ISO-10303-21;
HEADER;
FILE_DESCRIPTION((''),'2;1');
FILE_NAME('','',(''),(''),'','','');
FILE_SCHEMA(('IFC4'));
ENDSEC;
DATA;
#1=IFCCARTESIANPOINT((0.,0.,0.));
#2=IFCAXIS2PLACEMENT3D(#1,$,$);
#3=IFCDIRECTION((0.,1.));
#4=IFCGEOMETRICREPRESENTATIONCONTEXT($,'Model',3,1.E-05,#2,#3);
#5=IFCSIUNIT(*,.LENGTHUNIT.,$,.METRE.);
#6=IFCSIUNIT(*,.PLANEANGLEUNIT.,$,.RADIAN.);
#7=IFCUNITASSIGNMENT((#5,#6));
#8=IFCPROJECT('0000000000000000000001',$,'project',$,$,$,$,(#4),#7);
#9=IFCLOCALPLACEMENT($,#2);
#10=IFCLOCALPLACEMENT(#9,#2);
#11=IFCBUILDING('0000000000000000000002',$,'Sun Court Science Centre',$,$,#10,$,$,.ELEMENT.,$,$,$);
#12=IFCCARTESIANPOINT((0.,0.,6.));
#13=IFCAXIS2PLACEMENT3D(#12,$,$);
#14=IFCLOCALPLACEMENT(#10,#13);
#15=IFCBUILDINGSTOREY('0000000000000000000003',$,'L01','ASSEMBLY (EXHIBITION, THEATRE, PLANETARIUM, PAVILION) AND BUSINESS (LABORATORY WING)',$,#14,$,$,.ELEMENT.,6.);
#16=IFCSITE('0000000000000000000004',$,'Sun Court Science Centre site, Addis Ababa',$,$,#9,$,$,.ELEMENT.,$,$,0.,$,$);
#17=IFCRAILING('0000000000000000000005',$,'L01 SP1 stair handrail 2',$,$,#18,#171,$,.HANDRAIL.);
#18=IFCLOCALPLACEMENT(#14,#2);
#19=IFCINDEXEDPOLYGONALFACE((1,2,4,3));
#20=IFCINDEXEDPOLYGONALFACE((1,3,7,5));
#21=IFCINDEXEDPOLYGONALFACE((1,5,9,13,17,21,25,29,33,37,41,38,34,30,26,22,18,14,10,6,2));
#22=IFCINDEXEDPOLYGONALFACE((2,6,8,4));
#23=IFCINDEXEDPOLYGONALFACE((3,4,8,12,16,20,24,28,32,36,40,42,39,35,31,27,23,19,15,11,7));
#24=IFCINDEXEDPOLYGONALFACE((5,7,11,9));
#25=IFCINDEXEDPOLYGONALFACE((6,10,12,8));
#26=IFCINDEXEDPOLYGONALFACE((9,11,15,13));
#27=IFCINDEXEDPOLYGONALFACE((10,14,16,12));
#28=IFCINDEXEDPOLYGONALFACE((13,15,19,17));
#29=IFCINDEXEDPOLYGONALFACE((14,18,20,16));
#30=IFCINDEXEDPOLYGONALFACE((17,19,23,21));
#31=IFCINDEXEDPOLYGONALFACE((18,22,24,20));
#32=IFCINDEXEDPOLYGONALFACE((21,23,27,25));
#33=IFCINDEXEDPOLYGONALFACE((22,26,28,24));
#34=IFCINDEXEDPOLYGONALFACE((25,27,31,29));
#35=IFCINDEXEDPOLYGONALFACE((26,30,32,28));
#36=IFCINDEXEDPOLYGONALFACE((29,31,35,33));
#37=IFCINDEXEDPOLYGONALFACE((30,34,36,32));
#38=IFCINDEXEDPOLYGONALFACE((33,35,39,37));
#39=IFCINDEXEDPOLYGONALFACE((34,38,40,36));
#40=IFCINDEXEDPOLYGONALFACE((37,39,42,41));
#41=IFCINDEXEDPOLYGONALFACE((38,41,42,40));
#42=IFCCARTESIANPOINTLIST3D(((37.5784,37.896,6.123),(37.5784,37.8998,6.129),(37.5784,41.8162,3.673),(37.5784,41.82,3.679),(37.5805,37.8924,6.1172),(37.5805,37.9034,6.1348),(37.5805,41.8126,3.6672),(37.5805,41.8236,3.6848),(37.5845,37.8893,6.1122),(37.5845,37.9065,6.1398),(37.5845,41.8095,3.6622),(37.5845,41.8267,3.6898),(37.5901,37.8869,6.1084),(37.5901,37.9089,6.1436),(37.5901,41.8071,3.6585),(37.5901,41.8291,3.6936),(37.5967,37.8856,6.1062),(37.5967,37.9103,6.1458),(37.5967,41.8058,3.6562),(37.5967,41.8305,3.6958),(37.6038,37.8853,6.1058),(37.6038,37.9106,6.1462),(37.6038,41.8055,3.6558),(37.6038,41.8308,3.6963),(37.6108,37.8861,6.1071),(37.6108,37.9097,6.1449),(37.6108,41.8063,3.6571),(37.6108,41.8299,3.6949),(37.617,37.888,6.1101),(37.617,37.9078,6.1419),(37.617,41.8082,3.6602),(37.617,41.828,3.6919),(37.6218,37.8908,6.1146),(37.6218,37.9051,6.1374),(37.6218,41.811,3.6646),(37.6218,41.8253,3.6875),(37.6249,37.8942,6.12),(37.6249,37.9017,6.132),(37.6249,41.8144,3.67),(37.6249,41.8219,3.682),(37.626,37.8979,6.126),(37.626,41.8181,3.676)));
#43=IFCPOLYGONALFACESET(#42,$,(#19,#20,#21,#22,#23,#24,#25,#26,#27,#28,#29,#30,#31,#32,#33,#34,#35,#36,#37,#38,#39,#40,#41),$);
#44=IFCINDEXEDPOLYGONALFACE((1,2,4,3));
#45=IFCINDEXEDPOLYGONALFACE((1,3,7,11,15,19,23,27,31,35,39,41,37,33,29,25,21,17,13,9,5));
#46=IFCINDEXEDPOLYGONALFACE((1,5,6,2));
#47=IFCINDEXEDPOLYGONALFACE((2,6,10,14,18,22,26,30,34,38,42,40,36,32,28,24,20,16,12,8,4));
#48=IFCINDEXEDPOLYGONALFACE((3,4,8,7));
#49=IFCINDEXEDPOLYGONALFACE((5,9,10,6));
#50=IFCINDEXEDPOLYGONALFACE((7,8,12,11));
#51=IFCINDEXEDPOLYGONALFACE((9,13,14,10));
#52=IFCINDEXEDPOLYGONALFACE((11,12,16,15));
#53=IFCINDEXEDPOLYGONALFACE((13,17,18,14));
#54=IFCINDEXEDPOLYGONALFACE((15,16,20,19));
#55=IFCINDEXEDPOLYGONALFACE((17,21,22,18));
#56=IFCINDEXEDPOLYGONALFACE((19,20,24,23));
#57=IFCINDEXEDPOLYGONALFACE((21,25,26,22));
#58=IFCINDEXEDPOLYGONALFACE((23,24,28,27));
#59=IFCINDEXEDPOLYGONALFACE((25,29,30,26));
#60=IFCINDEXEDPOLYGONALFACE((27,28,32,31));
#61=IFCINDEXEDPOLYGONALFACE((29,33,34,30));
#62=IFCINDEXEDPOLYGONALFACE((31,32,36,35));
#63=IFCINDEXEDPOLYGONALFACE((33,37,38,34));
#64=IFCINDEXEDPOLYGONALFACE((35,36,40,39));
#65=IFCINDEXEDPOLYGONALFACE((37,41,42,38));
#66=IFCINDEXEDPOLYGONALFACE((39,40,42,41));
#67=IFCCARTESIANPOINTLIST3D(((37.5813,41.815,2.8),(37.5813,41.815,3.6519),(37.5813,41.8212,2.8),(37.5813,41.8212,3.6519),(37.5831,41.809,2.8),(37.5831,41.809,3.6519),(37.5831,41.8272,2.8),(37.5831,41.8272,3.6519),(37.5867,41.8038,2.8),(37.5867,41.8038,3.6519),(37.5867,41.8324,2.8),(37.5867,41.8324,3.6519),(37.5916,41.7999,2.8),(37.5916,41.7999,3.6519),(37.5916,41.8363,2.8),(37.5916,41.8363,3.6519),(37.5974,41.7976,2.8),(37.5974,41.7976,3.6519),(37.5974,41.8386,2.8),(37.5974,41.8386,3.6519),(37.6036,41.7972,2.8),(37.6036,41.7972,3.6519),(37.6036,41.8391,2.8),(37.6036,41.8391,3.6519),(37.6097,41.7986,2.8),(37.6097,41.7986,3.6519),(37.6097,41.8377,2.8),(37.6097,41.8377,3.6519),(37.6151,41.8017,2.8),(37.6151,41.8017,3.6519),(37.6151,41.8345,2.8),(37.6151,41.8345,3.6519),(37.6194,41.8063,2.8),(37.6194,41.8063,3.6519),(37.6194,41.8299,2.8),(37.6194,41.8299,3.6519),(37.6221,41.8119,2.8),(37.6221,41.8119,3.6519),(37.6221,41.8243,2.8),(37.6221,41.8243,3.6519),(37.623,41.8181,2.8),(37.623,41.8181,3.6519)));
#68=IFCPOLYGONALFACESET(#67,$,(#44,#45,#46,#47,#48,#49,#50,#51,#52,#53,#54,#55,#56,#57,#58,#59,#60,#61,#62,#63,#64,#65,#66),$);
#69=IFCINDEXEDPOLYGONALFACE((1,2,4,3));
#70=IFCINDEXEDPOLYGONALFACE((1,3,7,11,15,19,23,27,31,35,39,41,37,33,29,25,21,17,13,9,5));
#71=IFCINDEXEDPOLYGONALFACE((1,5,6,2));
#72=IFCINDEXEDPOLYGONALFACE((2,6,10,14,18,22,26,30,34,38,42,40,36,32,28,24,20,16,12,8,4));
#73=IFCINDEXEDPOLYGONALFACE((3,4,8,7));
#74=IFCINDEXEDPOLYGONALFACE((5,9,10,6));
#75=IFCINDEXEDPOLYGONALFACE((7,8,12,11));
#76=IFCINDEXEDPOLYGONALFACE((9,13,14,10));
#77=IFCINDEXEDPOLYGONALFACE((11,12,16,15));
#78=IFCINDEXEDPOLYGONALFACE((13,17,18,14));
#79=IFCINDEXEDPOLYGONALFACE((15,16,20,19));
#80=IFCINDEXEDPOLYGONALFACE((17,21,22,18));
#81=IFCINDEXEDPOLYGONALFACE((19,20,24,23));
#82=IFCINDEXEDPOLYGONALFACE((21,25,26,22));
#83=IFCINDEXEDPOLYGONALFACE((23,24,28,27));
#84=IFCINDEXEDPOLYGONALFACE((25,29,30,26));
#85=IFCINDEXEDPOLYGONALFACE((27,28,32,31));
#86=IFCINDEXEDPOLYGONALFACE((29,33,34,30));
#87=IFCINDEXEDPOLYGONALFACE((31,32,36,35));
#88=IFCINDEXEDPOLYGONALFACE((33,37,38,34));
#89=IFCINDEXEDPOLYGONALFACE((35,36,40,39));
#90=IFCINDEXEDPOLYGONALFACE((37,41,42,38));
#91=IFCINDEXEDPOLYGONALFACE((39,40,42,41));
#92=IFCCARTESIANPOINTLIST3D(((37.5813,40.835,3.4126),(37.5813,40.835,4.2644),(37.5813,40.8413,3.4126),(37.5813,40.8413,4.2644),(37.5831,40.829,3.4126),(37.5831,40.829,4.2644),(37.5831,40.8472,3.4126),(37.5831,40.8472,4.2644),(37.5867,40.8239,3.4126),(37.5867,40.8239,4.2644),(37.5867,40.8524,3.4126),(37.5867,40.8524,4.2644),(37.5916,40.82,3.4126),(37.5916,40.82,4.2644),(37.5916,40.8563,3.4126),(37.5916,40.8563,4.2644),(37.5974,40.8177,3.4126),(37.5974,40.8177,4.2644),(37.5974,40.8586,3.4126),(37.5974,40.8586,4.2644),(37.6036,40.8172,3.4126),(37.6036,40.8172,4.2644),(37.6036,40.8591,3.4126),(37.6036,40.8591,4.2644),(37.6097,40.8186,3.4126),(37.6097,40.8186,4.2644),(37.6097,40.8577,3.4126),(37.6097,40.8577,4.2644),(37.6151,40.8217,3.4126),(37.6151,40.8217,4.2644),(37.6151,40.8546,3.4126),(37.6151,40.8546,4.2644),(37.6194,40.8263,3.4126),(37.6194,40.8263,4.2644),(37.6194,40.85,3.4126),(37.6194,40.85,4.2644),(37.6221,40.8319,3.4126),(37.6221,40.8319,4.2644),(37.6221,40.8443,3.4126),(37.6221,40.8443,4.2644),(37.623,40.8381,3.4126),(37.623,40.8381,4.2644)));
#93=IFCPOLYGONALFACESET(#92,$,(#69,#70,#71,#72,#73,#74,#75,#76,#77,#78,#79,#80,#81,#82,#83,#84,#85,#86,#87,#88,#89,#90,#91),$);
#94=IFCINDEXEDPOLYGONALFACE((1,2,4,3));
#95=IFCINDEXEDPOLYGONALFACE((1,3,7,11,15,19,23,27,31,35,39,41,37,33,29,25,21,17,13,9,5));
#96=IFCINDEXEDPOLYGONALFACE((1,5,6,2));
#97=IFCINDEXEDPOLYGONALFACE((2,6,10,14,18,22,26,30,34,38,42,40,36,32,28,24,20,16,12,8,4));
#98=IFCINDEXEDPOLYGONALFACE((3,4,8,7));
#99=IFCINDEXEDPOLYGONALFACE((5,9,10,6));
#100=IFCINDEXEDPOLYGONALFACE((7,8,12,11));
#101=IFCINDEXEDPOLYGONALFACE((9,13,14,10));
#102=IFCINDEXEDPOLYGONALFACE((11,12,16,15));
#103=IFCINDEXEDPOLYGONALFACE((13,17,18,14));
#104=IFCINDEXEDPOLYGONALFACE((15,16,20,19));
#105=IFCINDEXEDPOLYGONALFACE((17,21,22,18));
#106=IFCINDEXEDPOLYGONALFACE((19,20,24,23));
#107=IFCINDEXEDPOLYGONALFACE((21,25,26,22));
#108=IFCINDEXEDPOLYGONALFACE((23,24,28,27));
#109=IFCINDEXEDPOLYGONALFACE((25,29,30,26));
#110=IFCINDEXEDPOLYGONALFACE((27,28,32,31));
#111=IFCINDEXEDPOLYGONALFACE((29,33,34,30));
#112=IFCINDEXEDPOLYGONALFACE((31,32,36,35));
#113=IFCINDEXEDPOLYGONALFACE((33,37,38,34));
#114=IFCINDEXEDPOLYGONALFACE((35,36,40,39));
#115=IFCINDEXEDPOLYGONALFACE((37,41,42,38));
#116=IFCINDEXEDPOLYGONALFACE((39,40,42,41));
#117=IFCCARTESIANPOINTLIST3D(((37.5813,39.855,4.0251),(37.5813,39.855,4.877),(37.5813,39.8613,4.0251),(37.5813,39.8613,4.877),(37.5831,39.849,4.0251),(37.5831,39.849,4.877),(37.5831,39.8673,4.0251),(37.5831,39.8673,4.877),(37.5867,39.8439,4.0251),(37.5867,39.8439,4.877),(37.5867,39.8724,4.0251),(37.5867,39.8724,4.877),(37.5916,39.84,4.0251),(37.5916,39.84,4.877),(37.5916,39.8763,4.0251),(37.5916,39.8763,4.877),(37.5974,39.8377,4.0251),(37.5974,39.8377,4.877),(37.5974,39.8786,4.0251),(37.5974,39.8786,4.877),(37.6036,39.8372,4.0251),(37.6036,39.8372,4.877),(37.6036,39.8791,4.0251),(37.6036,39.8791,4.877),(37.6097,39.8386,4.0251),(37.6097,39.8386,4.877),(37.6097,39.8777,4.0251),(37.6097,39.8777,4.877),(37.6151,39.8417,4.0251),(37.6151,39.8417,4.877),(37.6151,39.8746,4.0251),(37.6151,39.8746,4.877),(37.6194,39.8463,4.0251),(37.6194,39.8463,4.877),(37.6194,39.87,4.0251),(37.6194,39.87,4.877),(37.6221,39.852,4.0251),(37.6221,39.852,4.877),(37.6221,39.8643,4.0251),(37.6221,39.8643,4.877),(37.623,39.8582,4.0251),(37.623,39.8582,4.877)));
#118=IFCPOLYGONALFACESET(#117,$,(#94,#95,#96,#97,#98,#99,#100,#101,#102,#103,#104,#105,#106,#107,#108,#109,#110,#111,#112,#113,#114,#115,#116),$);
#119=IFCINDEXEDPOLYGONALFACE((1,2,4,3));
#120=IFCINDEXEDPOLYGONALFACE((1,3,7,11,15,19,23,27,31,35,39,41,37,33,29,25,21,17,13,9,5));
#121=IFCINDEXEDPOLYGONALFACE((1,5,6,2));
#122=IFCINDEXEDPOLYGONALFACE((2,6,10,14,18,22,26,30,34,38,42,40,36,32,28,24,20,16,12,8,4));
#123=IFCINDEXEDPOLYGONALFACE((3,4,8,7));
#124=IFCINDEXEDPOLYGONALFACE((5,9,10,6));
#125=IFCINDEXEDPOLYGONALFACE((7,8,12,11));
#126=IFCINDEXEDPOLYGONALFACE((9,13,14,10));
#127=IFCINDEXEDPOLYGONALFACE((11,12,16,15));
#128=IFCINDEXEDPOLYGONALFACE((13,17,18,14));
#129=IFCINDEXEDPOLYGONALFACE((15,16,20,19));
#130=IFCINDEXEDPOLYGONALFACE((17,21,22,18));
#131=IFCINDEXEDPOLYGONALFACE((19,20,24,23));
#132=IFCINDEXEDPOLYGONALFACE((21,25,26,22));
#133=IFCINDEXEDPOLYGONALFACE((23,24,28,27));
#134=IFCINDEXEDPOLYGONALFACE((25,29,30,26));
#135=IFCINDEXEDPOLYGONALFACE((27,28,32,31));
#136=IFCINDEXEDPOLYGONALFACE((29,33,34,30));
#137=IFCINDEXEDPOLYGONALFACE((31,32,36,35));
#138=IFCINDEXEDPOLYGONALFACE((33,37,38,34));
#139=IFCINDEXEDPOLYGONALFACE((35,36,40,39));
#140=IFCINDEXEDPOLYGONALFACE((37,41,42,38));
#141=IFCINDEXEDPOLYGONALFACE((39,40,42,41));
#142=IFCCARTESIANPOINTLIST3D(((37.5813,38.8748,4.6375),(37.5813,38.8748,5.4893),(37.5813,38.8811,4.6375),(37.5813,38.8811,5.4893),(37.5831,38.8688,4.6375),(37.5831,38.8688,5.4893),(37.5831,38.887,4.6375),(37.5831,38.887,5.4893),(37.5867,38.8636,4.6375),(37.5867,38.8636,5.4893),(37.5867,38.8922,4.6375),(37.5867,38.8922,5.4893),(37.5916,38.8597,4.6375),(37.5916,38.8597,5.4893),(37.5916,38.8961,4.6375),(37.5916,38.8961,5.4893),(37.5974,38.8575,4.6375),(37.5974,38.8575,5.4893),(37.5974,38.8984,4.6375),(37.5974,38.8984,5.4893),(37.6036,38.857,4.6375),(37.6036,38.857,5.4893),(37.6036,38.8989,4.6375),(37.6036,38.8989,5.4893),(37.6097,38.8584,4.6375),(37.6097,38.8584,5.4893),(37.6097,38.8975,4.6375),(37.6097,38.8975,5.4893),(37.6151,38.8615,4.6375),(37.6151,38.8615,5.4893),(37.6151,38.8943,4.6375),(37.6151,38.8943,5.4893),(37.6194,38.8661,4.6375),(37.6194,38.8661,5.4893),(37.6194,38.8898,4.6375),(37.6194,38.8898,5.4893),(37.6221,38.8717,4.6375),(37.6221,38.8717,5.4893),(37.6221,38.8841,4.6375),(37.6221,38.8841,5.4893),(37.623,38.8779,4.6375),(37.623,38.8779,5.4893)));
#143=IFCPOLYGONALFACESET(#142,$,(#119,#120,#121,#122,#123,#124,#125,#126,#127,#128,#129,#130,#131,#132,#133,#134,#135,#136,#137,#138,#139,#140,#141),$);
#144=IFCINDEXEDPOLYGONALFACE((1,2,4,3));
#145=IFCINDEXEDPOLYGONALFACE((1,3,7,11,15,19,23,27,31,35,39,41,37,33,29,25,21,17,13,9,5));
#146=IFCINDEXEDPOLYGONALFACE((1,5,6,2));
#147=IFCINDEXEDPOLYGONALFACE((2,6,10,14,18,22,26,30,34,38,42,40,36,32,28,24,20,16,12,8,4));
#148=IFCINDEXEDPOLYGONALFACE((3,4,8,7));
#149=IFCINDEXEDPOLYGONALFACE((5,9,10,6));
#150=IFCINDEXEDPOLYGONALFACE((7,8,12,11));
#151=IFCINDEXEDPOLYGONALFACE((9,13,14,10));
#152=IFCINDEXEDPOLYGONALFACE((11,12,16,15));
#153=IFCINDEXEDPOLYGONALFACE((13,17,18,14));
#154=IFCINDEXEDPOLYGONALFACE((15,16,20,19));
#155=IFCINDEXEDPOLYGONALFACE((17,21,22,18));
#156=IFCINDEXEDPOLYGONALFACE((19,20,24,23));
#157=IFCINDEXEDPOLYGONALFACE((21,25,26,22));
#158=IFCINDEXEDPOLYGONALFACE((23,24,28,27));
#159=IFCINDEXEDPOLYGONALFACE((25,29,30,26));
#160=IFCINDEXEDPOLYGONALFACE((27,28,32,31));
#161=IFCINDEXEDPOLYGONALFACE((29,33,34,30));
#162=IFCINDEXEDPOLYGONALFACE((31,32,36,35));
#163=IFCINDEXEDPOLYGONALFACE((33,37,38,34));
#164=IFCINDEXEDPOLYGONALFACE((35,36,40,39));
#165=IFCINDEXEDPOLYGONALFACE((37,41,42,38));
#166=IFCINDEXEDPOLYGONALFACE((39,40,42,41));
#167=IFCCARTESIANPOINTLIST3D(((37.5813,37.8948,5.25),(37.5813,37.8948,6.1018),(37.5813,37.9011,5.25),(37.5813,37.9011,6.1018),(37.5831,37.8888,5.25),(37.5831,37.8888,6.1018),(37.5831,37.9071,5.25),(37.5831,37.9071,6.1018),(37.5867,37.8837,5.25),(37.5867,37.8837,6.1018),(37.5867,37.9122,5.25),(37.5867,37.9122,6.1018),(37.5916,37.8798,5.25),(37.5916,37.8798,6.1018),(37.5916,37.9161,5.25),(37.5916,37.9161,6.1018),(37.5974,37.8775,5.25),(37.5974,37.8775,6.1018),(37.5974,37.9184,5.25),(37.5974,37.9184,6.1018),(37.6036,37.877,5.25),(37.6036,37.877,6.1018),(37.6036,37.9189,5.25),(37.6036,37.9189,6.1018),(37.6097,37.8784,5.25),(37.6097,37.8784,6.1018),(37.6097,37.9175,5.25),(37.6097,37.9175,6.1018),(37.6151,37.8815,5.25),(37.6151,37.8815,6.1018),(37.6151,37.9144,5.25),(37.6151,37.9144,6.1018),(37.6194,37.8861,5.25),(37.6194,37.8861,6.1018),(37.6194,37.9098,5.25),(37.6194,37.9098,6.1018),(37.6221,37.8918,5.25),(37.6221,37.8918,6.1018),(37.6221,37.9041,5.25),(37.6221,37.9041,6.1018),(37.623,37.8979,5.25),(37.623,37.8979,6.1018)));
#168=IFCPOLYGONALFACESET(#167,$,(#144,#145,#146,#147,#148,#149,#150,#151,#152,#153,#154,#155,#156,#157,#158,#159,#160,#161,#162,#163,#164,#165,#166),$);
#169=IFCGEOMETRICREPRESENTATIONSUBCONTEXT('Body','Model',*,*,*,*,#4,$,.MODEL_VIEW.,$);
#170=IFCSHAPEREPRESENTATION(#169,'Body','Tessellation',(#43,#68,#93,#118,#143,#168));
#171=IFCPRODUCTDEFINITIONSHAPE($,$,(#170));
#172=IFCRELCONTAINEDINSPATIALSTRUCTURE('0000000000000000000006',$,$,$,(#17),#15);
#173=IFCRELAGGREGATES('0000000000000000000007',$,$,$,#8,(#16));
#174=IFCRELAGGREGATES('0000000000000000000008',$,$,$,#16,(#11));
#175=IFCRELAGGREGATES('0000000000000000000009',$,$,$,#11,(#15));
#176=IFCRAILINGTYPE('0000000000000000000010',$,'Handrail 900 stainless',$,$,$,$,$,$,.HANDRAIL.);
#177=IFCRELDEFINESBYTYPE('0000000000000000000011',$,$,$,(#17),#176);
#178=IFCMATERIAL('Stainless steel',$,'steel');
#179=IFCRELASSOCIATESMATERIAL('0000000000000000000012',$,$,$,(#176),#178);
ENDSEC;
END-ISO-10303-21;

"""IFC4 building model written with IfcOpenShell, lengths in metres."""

from ifc_helpers import new_model, si_unit, direction, frame, origin, origin_2d, place, context, subcontext, project, spatial, circle, extrude, material, type_object, element, save


model = new_model("IFC4")

# Units and contexts
model_context = context("Model", 3, precision=1e-05, world=origin(), true_north=direction((0.0, 1.0)))
body_context = subcontext(model_context, "Body", "Model", "MODEL_VIEW")
ifc_project = project(units=[si_unit("LENGTHUNIT", "METRE"), si_unit("PLANEANGLEUNIT", "RADIAN")], contexts=[model_context])

# Site, building, storey
site_placement = place(None, origin())
site = spatial("IfcSite", under=ifc_project, at=site_placement, Name="Sun Court Science Centre site, Addis Ababa", CompositionType="ELEMENT", RefElevation=0.0)
building_placement = place(site_placement, origin())
building = spatial("IfcBuilding", under=site, at=building_placement, Name="Sun Court Science Centre", CompositionType="ELEMENT")
storey_placement = place(building_placement, frame((0.0, 0.0, 6.0)))
storey = spatial("IfcBuildingStorey", under=building, at=storey_placement, Name="L01", Description="ASSEMBLY (EXHIBITION, THEATRE, PLANETARIUM, PAVILION) AND BUSINESS (LABORATORY WING)", CompositionType="ELEMENT", Elevation=6.0)

# Railing
ifc_material_1 = material(Name="Stainless steel", Category="steel")
railing_type_1 = type_object("IfcRailingType", Name="Handrail 900 stainless", PredefinedType="HANDRAIL", material=ifc_material_1)
railing_1_placement = place(storey_placement, frame((37.6021, 41.8181, 2.8)))
element("IfcRailing", 1, at=railing_1_placement, inside=storey, type_object=railing_type_1, Name="L01 SP1 stair handrail 2", PredefinedType="HANDRAIL", context=body_context, shape_type="SweptSolid", body=[
    extrude(circle(Radius=0.0239, at=origin_2d()), frame((0.0, 0.0, 0.876), z_axis=(0.0, -0.848013, 0.529975), x_axis=(1.0, 0.0, 0.0)), (0.0, 0.0, 1.0), 4.6228),
    extrude(circle(Radius=0.021, at=origin_2d()), origin(), (0.0, 0.0, 1.0), 0.8518),
    extrude(circle(Radius=0.021, at=origin_2d()), frame((0.0, -0.98, 0.6125)), (0.0, 0.0, 1.0), 0.8518),
    extrude(circle(Radius=0.021, at=origin_2d()), frame((0.0, -1.96, 1.2251)), (0.0, 0.0, 1.0), 0.8518),
    extrude(circle(Radius=0.021, at=origin_2d()), frame((0.0, -2.9402, 1.8374)), (0.0, 0.0, 1.0), 0.8518),
    extrude(circle(Radius=0.021, at=origin_2d()), frame((0.0, -3.9202, 2.45)), (0.0, 0.0, 1.0), 0.8518),
])

save(model, "model.ifc")
